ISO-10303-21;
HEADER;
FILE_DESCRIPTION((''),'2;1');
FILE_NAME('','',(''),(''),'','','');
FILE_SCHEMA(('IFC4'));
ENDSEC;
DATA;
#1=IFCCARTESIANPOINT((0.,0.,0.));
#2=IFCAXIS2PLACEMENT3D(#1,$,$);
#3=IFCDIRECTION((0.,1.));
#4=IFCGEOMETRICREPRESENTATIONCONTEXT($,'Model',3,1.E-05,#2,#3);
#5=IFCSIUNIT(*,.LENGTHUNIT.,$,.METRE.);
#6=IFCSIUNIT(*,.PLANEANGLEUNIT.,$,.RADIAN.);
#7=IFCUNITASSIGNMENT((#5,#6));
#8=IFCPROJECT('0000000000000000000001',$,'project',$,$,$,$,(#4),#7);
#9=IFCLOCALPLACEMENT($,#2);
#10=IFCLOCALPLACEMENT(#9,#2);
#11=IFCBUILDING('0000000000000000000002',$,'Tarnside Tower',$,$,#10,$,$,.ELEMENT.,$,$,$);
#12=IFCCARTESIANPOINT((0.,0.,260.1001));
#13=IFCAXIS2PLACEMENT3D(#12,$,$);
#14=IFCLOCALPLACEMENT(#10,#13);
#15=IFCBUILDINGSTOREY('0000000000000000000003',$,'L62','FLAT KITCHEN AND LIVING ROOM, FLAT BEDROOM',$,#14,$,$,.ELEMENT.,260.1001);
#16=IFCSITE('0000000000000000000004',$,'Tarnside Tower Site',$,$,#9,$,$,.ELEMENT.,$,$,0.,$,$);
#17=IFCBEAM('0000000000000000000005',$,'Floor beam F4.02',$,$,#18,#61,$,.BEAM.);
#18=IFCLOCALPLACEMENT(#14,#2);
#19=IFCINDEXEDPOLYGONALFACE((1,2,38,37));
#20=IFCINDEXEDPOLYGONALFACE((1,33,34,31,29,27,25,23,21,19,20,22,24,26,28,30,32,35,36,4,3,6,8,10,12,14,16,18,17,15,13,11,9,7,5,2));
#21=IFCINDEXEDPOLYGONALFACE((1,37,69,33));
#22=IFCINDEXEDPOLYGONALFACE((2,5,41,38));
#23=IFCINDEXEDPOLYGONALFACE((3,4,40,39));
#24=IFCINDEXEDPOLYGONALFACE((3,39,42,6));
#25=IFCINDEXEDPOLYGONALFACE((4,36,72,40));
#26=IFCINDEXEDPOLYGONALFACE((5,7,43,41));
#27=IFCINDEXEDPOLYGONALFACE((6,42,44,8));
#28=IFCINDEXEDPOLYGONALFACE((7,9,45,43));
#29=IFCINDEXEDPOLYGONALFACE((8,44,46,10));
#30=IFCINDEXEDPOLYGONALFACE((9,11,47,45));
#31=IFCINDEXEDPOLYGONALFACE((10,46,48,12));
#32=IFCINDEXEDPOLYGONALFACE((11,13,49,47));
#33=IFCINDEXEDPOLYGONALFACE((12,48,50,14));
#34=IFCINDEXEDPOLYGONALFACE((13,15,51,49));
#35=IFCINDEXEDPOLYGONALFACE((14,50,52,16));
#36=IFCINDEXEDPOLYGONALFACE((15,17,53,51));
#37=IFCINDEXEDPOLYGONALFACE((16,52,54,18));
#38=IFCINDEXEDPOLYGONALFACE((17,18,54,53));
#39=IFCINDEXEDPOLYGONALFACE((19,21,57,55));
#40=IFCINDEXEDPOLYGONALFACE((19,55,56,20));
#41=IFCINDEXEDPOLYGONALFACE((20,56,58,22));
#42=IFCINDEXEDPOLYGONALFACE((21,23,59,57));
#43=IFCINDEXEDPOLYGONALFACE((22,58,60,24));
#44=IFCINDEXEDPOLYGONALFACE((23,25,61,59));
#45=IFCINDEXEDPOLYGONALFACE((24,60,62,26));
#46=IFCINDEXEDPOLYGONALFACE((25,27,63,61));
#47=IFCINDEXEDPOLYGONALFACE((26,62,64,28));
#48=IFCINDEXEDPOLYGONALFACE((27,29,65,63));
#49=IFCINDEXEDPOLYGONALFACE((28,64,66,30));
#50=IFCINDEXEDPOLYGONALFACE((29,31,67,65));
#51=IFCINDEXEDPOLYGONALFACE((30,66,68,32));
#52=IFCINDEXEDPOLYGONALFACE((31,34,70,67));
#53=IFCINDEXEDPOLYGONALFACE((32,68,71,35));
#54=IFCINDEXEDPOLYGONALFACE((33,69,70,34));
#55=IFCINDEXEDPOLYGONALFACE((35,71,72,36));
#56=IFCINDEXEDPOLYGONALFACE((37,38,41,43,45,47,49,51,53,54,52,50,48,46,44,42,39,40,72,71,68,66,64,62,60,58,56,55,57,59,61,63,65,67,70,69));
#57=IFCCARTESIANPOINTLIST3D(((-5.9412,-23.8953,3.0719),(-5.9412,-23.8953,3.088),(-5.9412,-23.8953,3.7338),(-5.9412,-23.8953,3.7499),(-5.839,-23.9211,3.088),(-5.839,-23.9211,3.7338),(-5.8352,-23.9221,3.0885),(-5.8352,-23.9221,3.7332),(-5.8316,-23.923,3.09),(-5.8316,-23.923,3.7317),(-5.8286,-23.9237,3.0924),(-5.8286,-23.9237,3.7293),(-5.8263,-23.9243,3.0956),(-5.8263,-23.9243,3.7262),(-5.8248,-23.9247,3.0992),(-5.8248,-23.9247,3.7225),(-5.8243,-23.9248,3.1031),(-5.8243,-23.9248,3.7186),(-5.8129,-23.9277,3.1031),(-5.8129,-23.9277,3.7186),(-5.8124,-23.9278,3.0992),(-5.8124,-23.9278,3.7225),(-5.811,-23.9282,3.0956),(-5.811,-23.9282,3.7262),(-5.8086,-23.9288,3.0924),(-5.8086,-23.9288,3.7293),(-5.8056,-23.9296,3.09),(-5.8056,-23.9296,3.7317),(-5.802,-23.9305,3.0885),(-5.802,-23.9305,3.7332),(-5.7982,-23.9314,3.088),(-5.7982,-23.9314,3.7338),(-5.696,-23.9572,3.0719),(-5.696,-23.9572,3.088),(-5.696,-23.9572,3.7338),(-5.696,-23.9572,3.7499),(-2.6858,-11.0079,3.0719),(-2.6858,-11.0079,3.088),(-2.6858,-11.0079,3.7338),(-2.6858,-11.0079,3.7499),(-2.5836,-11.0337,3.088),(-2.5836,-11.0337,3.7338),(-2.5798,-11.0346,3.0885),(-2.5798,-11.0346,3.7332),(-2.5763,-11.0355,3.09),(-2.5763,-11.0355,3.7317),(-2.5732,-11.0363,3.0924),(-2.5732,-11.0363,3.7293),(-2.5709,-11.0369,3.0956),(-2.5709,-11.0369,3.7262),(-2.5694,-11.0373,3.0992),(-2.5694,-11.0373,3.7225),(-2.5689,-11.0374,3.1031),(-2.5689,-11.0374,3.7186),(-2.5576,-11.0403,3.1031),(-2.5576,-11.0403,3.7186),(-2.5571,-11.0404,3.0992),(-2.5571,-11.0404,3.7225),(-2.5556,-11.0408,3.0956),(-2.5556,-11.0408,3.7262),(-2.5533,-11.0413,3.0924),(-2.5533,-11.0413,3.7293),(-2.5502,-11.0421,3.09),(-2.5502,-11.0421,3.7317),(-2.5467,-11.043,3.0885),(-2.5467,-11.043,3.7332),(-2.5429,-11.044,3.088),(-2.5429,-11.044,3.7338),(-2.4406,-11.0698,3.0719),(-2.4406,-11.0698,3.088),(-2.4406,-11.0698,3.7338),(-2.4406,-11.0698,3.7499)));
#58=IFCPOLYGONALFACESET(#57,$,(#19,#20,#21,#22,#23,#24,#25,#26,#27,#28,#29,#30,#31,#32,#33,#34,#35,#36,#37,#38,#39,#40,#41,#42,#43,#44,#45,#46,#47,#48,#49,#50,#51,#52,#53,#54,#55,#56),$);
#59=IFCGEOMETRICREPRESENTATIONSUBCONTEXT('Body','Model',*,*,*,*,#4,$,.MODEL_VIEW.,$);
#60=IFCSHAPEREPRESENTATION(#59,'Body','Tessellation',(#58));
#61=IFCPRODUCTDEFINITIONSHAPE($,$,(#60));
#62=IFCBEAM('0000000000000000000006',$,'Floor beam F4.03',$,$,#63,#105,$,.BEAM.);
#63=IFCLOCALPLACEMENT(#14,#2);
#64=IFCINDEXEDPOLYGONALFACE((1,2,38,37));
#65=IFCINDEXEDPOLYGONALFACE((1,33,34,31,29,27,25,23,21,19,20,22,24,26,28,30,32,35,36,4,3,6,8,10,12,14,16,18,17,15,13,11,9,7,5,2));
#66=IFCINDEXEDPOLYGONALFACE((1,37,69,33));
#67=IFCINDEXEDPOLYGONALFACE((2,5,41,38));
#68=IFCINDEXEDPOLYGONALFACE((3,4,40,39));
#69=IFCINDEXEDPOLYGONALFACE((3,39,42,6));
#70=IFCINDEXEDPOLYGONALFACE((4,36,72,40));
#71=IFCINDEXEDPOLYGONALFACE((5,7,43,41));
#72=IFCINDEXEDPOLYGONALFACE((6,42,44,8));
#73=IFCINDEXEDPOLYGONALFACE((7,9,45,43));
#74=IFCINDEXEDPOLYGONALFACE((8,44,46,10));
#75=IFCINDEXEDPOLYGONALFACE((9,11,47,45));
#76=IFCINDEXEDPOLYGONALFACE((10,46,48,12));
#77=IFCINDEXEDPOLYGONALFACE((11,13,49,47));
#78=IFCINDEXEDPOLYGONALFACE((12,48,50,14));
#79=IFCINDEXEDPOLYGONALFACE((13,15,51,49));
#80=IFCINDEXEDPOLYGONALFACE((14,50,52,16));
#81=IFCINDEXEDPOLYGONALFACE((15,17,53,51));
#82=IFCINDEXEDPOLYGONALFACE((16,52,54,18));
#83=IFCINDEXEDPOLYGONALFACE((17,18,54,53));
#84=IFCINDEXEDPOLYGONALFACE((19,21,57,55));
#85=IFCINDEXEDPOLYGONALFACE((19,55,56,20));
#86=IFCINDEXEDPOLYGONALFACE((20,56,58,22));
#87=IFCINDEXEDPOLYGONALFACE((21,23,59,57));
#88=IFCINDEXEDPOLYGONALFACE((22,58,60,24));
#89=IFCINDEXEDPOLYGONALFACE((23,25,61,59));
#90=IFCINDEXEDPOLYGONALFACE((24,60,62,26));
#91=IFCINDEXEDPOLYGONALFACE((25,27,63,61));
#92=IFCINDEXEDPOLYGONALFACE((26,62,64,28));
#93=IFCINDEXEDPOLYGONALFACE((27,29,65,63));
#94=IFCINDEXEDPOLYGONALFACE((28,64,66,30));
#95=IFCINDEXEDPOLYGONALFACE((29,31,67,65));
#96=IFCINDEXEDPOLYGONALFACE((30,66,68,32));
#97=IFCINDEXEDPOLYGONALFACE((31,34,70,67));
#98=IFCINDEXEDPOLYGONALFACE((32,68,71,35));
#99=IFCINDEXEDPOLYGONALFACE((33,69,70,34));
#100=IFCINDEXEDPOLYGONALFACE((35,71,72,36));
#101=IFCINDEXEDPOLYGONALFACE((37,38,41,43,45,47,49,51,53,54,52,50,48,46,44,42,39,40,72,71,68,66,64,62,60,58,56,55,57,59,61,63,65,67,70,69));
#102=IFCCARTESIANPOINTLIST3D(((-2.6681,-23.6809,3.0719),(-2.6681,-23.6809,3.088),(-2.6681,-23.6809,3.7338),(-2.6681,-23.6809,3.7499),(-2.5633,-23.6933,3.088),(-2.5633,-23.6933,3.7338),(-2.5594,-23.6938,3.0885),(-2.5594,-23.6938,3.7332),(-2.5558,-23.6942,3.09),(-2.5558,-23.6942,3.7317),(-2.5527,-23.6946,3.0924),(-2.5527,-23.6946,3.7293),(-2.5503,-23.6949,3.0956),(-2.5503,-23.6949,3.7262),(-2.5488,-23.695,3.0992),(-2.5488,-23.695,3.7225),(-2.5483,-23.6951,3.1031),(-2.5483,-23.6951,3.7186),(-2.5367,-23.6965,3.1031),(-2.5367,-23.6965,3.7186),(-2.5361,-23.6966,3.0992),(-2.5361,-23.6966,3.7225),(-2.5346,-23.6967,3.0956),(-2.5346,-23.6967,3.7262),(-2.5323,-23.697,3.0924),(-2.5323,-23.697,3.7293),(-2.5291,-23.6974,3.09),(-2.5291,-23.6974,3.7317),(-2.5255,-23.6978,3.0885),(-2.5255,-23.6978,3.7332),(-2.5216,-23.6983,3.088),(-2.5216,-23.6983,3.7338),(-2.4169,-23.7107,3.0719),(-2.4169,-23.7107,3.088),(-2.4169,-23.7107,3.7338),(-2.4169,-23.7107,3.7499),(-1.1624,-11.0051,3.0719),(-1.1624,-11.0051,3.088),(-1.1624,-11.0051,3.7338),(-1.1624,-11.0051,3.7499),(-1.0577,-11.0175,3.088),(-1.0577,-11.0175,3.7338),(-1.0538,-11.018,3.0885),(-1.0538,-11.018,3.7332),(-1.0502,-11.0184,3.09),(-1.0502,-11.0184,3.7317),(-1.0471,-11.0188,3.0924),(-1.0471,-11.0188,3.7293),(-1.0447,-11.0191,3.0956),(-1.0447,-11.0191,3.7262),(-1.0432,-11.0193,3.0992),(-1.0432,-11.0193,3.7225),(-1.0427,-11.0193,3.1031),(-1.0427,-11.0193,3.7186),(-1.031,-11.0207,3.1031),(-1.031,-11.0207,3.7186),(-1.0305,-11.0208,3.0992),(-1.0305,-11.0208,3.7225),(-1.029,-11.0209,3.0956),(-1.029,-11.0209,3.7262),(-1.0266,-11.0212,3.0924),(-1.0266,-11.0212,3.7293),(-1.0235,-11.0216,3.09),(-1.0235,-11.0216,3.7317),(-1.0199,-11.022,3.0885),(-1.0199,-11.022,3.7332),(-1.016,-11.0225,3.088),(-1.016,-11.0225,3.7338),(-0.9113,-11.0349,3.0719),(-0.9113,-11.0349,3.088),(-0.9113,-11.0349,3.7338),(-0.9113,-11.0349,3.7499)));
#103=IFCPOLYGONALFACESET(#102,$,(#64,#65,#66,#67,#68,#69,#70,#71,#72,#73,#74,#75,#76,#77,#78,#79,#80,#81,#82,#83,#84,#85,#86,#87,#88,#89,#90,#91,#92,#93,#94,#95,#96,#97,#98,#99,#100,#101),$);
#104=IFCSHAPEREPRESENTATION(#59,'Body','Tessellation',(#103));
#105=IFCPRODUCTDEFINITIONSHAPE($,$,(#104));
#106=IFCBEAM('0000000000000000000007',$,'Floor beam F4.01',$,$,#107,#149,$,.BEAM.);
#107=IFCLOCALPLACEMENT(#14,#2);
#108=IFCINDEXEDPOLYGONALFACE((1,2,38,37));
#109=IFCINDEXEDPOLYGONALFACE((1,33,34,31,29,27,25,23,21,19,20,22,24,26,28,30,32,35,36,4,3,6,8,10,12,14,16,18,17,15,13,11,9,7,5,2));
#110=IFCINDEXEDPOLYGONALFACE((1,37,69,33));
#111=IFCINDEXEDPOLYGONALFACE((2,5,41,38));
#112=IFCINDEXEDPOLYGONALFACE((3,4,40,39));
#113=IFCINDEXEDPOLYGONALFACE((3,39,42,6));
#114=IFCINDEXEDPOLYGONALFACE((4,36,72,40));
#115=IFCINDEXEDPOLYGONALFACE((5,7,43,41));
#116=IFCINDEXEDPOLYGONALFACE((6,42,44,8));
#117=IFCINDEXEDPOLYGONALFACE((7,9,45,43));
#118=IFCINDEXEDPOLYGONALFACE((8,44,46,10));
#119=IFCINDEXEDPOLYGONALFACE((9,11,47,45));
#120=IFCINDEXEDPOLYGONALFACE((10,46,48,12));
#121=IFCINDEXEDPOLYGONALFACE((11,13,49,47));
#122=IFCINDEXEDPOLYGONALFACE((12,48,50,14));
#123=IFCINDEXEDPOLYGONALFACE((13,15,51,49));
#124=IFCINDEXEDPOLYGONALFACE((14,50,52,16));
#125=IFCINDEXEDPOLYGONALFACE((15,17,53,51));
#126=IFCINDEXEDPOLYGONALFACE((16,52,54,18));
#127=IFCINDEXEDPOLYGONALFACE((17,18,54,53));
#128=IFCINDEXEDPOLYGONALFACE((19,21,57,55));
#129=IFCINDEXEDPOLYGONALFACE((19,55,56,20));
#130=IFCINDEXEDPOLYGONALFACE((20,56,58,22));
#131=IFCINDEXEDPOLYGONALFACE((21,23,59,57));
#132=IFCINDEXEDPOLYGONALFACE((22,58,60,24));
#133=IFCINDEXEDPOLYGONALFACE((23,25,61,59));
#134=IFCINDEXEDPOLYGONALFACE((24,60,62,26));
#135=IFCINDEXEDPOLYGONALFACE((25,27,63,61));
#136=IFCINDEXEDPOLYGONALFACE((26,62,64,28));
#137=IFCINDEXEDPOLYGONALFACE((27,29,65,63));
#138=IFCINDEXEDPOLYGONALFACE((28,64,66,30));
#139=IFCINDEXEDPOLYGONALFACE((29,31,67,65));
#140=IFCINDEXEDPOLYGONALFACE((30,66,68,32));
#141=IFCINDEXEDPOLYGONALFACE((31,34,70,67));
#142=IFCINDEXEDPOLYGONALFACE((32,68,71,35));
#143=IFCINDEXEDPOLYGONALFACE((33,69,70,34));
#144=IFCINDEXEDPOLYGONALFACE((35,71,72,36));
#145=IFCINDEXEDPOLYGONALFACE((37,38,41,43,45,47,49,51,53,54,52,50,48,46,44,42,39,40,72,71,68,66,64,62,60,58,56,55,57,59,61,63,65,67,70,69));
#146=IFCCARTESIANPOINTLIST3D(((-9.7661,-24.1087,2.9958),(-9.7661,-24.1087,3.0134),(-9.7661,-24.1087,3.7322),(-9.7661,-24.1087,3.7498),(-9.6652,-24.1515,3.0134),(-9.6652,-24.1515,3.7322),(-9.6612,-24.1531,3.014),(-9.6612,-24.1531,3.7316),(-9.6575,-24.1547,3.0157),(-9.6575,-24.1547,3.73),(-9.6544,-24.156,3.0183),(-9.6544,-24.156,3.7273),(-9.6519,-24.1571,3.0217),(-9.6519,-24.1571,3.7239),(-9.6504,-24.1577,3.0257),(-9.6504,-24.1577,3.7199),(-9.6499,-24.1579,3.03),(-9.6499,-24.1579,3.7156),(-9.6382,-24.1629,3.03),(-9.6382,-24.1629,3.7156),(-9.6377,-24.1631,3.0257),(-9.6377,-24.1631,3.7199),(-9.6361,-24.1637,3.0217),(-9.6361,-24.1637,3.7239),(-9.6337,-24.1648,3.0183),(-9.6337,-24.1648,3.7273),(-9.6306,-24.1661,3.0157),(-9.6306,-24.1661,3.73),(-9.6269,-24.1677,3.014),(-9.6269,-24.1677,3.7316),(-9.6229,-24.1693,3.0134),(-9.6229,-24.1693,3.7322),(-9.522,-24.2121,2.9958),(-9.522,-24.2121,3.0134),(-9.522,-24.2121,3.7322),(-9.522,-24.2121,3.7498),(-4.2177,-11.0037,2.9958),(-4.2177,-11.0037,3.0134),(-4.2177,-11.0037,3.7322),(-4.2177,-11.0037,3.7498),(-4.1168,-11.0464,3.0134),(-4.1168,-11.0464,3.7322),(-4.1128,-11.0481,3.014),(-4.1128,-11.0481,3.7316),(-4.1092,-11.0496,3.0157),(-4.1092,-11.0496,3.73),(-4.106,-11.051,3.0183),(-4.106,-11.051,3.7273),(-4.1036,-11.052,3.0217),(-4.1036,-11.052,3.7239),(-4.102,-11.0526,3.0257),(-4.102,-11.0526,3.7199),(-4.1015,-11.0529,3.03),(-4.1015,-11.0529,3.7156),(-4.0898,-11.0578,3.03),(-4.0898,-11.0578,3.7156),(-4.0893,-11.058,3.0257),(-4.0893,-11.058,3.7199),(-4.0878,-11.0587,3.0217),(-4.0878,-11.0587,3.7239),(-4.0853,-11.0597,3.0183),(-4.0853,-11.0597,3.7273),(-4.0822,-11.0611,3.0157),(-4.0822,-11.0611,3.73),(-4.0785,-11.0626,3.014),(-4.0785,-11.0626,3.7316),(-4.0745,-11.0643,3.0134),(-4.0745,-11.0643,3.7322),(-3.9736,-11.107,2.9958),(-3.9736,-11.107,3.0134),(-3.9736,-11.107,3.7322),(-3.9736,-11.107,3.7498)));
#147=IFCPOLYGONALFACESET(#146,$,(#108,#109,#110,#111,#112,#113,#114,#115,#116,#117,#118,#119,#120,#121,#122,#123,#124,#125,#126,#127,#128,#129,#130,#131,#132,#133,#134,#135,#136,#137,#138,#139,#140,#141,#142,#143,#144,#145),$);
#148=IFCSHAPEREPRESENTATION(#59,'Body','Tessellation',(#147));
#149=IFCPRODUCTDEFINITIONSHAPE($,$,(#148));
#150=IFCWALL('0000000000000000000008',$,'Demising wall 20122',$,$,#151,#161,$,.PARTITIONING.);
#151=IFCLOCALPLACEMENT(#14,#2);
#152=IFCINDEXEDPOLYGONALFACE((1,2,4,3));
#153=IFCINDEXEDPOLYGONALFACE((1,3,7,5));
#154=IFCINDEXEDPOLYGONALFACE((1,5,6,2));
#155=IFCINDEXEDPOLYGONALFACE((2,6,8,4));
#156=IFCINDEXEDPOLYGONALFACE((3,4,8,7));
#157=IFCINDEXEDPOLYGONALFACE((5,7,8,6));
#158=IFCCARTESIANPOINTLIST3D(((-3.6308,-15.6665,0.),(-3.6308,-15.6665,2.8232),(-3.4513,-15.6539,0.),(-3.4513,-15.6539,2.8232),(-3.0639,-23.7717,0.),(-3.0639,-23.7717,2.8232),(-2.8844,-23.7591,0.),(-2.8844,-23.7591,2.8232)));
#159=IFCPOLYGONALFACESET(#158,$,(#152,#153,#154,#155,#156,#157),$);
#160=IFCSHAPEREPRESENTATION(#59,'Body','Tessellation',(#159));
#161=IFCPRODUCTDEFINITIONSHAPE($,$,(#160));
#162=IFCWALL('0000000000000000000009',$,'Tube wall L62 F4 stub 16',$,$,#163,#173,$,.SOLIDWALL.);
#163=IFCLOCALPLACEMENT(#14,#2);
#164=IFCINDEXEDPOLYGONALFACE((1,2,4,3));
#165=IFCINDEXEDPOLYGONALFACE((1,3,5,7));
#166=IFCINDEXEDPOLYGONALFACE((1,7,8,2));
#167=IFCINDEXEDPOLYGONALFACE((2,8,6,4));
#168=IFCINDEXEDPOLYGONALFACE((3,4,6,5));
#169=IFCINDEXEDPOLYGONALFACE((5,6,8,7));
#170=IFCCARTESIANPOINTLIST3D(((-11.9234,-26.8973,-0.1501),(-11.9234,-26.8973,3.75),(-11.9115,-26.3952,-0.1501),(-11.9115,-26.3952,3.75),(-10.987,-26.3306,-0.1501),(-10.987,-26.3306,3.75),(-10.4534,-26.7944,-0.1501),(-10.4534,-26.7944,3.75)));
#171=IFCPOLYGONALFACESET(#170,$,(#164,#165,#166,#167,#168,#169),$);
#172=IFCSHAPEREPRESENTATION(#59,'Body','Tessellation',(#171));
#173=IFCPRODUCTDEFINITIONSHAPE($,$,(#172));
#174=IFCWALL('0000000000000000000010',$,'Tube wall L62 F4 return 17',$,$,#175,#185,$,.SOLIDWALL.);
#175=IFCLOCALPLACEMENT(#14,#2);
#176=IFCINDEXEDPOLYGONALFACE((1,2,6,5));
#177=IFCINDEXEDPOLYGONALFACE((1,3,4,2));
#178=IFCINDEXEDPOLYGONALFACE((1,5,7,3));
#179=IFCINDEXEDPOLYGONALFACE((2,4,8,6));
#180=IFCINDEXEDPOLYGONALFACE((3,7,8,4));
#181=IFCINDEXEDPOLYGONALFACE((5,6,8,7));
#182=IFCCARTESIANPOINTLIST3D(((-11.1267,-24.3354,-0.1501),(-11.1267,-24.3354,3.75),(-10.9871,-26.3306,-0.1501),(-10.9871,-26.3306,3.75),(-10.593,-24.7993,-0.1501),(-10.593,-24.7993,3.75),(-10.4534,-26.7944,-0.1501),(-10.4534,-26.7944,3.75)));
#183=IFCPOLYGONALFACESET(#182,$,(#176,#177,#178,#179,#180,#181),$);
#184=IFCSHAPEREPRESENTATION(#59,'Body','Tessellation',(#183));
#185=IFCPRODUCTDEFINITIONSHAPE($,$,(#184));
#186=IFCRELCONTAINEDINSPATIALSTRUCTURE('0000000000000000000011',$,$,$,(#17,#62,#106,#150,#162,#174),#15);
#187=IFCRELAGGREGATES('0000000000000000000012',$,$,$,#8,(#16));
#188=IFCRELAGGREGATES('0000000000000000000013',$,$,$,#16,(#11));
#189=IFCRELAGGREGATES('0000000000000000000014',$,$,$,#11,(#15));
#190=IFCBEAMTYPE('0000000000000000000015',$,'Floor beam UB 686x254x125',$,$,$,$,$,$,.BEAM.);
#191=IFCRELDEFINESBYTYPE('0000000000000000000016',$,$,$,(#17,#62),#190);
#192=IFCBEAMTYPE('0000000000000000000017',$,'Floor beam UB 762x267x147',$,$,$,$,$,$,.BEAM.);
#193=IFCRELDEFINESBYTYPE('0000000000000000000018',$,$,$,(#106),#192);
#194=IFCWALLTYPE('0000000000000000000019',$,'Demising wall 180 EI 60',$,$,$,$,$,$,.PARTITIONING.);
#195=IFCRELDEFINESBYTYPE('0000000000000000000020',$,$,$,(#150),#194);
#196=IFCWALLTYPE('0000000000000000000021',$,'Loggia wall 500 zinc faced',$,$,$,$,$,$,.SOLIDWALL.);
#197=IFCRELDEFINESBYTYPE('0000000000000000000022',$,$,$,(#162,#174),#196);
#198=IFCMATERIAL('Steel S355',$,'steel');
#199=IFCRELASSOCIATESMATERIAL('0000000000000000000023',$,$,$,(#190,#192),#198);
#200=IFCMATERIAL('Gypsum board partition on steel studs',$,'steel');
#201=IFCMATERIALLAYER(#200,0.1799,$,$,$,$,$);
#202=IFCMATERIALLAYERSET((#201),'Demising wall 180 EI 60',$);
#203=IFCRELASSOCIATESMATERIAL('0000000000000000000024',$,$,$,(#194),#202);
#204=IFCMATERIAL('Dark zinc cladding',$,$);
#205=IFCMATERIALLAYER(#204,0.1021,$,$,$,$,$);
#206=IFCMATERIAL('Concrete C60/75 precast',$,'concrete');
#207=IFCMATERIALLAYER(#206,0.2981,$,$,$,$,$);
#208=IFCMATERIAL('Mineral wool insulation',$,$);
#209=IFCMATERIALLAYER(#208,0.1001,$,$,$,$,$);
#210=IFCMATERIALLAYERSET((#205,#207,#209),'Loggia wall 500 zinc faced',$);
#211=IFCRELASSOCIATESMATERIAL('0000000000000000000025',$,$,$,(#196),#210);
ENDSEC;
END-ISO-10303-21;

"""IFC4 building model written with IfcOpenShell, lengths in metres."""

from ifc_helpers import new_model, si_unit, direction, frame, frame_2d, origin, origin_2d, place, context, subcontext, project, spatial, polyline, rectangle, i_section, outline, extrude, material, layer, layer_set, material_profile, profile_set, type_object, element, save


model = new_model("IFC4")

# Units and contexts
model_context = context("Model", 3, precision=1e-05, world=origin(), true_north=direction((0.0, 1.0)))
body_context = subcontext(model_context, "Body", "Model", "MODEL_VIEW")
ifc_project = project(units=[si_unit("LENGTHUNIT", "METRE"), si_unit("PLANEANGLEUNIT", "RADIAN")], contexts=[model_context])

# Site, building, storey
site_placement = place(None, origin())
site = spatial("IfcSite", under=ifc_project, at=site_placement, Name="Tarnside Tower Site", CompositionType="ELEMENT", RefElevation=0.0)
building_placement = place(site_placement, origin())
building = spatial("IfcBuilding", under=site, at=building_placement, Name="Tarnside Tower", CompositionType="ELEMENT")
storey_placement = place(building_placement, frame((0.0, 0.0, 260.1001)))
storey = spatial("IfcBuildingStorey", under=building, at=storey_placement, Name="L62", Description="FLAT KITCHEN AND LIVING ROOM, FLAT BEDROOM", CompositionType="ELEMENT", Elevation=260.1001)

# Beams
ifc_material_1 = material(Name="Steel S355", Category="steel")
ifc_material_profile_1 = material_profile(ifc_material_1, i_section(OverallWidth=0.2529, OverallDepth=0.678, WebThickness=0.0117, FlangeThickness=0.0161, FilletRadius=0.0151, at=origin_2d()), Name="UB 686x254x125")
ifc_profile_set_1 = profile_set([ifc_material_profile_1], Name="Steel S355")
beam_type_1 = type_object("IfcBeamType", Name="Floor beam UB 686x254x125", PredefinedType="BEAM", material=ifc_profile_set_1)
beam_1_placement = place(storey_placement, frame((-5.8186, -23.9263, 3.4109), z_axis=(0.244908, 0.969546, 0.0), x_axis=(-0.969546, 0.244908, 0.0)))
element("IfcBeam", 1, at=beam_1_placement, inside=storey, type_object=beam_type_1, Name="Floor beam F4.02", PredefinedType="BEAM", context=body_context, shape_type="SweptSolid", body=[
    extrude(i_section(OverallWidth=0.2529, OverallDepth=0.678, WebThickness=0.0117, FlangeThickness=0.0161, FilletRadius=0.0151, at=origin_2d()), origin(), (0.0, 0.0, 1.0), 13.2922),
])
beam_2_placement = place(storey_placement, frame((-2.5425, -23.6958, 3.4109), z_axis=(0.11795, 0.99302, 0.0), x_axis=(-0.99302, 0.11795, 0.0)))
element("IfcBeam", 2, at=beam_2_placement, inside=storey, type_object=beam_type_1, Name="Floor beam F4.03", PredefinedType="BEAM", context=body_context, shape_type="SweptSolid", body=[
    extrude(i_section(OverallWidth=0.2529, OverallDepth=0.678, WebThickness=0.0117, FlangeThickness=0.0161, FilletRadius=0.0151, at=origin_2d()), origin(), (0.0, 0.0, 1.0), 12.7649),
])
ifc_material_profile_2 = material_profile(ifc_material_1, i_section(OverallWidth=0.2651, OverallDepth=0.7539, WebThickness=0.0127, FlangeThickness=0.0176, FilletRadius=0.0166, at=origin_2d()), Name="UB 762x267x147")
ifc_profile_set_2 = profile_set([ifc_material_profile_2], Name="Steel S355")
beam_type_2 = type_object("IfcBeamType", Name="Floor beam UB 762x267x147", PredefinedType="BEAM", material=ifc_profile_set_2)
beam_3_placement = place(storey_placement, frame((-9.644, -24.1604, 3.3728), z_axis=(0.389874, 0.920868, 0.0), x_axis=(-0.920868, 0.389874, 0.0)))
element("IfcBeam", 3, at=beam_3_placement, inside=storey, type_object=beam_type_2, Name="Floor beam F4.01", PredefinedType="BEAM", context=body_context, shape_type="SweptSolid", body=[
    extrude(i_section(OverallWidth=0.2651, OverallDepth=0.7539, WebThickness=0.0127, FlangeThickness=0.0176, FilletRadius=0.0166, at=origin_2d()), origin(), (0.0, 0.0, 1.0), 14.2312),
])

# Walls
ifc_material_2 = material(Name="Gypsum board partition on steel studs", Category="steel")
ifc_layer_1 = layer(ifc_material_2, 0.1799)
ifc_layer_set_1 = layer_set([ifc_layer_1], Name="Demising wall 180 EI 60")
wall_type_1 = type_object("IfcWallType", Name="Demising wall 180 EI 60", PredefinedType="PARTITIONING", material=ifc_layer_set_1)
wall_1_placement = place(storey_placement, frame((-2.9741, -23.7654, 0.0), z_axis=(0.0, 0.0, 1.0), x_axis=(-0.069771, 0.997563, 0.0)))
element("IfcWall", 4, at=wall_1_placement, inside=storey, type_object=wall_type_1, Name="Demising wall 20122", PredefinedType="PARTITIONING", context=body_context, shape_type="SweptSolid", body=[
    extrude(rectangle(XDim=8.125, YDim=0.1799, at=frame_2d((4.0625, 0.0))), origin(), (0.0, 0.0, 1.0), 2.8232),
])
ifc_material_3 = material(Name="Dark zinc cladding")
ifc_layer_2 = layer(ifc_material_3, 0.1021)
ifc_material_4 = material(Name="Concrete C60/75 precast", Category="concrete")
ifc_layer_3 = layer(ifc_material_4, 0.2981)
ifc_material_5 = material(Name="Mineral wool insulation")
ifc_layer_4 = layer(ifc_material_5, 0.1001)
ifc_layer_set_2 = layer_set([ifc_layer_2, ifc_layer_3, ifc_layer_4], Name="Loggia wall 500 zinc faced")
wall_type_2 = type_object("IfcWallType", Name="Loggia wall 500 zinc faced", PredefinedType="SOLIDWALL", material=ifc_layer_set_2)
wall_2_placement = place(storey_placement, frame((-11.9175, -26.6462, -0.1501), z_axis=(0.0, 0.0, 1.0), x_axis=(0.997563, 0.069772, 0.0)))
element("IfcWall", 5, at=wall_2_placement, inside=storey, type_object=wall_type_2, Name="Tube wall L62 F4 stub 16", PredefinedType="SOLIDWALL", context=body_context, shape_type="SweptSolid", body=[
    extrude(outline(polyline([(-0.0234, -0.25), (1.4502, -0.25), (0.9502, 0.25), (0.0234, 0.25), (-0.0234, -0.25)])), origin(), (0.0, 0.0, 1.0), 3.9001),
])
wall_3_placement = place(storey_placement, frame((-10.7202, -26.5625, -0.1501), z_axis=(0.0, 0.0, 1.0), x_axis=(-0.069824, 0.997559, 0.0)))
element("IfcWall", 6, at=wall_3_placement, inside=storey, type_object=wall_type_2, Name="Tube wall L62 F4 return 17", PredefinedType="SOLIDWALL", context=body_context, shape_type="SweptSolid", body=[
    extrude(outline(polyline([(-0.25, -0.25), (1.75, -0.25), (2.25, 0.25), (0.25, 0.25), (-0.25, -0.25)])), origin(), (0.0, 0.0, 1.0), 3.9001),
])

save(model, "model.ifc")
